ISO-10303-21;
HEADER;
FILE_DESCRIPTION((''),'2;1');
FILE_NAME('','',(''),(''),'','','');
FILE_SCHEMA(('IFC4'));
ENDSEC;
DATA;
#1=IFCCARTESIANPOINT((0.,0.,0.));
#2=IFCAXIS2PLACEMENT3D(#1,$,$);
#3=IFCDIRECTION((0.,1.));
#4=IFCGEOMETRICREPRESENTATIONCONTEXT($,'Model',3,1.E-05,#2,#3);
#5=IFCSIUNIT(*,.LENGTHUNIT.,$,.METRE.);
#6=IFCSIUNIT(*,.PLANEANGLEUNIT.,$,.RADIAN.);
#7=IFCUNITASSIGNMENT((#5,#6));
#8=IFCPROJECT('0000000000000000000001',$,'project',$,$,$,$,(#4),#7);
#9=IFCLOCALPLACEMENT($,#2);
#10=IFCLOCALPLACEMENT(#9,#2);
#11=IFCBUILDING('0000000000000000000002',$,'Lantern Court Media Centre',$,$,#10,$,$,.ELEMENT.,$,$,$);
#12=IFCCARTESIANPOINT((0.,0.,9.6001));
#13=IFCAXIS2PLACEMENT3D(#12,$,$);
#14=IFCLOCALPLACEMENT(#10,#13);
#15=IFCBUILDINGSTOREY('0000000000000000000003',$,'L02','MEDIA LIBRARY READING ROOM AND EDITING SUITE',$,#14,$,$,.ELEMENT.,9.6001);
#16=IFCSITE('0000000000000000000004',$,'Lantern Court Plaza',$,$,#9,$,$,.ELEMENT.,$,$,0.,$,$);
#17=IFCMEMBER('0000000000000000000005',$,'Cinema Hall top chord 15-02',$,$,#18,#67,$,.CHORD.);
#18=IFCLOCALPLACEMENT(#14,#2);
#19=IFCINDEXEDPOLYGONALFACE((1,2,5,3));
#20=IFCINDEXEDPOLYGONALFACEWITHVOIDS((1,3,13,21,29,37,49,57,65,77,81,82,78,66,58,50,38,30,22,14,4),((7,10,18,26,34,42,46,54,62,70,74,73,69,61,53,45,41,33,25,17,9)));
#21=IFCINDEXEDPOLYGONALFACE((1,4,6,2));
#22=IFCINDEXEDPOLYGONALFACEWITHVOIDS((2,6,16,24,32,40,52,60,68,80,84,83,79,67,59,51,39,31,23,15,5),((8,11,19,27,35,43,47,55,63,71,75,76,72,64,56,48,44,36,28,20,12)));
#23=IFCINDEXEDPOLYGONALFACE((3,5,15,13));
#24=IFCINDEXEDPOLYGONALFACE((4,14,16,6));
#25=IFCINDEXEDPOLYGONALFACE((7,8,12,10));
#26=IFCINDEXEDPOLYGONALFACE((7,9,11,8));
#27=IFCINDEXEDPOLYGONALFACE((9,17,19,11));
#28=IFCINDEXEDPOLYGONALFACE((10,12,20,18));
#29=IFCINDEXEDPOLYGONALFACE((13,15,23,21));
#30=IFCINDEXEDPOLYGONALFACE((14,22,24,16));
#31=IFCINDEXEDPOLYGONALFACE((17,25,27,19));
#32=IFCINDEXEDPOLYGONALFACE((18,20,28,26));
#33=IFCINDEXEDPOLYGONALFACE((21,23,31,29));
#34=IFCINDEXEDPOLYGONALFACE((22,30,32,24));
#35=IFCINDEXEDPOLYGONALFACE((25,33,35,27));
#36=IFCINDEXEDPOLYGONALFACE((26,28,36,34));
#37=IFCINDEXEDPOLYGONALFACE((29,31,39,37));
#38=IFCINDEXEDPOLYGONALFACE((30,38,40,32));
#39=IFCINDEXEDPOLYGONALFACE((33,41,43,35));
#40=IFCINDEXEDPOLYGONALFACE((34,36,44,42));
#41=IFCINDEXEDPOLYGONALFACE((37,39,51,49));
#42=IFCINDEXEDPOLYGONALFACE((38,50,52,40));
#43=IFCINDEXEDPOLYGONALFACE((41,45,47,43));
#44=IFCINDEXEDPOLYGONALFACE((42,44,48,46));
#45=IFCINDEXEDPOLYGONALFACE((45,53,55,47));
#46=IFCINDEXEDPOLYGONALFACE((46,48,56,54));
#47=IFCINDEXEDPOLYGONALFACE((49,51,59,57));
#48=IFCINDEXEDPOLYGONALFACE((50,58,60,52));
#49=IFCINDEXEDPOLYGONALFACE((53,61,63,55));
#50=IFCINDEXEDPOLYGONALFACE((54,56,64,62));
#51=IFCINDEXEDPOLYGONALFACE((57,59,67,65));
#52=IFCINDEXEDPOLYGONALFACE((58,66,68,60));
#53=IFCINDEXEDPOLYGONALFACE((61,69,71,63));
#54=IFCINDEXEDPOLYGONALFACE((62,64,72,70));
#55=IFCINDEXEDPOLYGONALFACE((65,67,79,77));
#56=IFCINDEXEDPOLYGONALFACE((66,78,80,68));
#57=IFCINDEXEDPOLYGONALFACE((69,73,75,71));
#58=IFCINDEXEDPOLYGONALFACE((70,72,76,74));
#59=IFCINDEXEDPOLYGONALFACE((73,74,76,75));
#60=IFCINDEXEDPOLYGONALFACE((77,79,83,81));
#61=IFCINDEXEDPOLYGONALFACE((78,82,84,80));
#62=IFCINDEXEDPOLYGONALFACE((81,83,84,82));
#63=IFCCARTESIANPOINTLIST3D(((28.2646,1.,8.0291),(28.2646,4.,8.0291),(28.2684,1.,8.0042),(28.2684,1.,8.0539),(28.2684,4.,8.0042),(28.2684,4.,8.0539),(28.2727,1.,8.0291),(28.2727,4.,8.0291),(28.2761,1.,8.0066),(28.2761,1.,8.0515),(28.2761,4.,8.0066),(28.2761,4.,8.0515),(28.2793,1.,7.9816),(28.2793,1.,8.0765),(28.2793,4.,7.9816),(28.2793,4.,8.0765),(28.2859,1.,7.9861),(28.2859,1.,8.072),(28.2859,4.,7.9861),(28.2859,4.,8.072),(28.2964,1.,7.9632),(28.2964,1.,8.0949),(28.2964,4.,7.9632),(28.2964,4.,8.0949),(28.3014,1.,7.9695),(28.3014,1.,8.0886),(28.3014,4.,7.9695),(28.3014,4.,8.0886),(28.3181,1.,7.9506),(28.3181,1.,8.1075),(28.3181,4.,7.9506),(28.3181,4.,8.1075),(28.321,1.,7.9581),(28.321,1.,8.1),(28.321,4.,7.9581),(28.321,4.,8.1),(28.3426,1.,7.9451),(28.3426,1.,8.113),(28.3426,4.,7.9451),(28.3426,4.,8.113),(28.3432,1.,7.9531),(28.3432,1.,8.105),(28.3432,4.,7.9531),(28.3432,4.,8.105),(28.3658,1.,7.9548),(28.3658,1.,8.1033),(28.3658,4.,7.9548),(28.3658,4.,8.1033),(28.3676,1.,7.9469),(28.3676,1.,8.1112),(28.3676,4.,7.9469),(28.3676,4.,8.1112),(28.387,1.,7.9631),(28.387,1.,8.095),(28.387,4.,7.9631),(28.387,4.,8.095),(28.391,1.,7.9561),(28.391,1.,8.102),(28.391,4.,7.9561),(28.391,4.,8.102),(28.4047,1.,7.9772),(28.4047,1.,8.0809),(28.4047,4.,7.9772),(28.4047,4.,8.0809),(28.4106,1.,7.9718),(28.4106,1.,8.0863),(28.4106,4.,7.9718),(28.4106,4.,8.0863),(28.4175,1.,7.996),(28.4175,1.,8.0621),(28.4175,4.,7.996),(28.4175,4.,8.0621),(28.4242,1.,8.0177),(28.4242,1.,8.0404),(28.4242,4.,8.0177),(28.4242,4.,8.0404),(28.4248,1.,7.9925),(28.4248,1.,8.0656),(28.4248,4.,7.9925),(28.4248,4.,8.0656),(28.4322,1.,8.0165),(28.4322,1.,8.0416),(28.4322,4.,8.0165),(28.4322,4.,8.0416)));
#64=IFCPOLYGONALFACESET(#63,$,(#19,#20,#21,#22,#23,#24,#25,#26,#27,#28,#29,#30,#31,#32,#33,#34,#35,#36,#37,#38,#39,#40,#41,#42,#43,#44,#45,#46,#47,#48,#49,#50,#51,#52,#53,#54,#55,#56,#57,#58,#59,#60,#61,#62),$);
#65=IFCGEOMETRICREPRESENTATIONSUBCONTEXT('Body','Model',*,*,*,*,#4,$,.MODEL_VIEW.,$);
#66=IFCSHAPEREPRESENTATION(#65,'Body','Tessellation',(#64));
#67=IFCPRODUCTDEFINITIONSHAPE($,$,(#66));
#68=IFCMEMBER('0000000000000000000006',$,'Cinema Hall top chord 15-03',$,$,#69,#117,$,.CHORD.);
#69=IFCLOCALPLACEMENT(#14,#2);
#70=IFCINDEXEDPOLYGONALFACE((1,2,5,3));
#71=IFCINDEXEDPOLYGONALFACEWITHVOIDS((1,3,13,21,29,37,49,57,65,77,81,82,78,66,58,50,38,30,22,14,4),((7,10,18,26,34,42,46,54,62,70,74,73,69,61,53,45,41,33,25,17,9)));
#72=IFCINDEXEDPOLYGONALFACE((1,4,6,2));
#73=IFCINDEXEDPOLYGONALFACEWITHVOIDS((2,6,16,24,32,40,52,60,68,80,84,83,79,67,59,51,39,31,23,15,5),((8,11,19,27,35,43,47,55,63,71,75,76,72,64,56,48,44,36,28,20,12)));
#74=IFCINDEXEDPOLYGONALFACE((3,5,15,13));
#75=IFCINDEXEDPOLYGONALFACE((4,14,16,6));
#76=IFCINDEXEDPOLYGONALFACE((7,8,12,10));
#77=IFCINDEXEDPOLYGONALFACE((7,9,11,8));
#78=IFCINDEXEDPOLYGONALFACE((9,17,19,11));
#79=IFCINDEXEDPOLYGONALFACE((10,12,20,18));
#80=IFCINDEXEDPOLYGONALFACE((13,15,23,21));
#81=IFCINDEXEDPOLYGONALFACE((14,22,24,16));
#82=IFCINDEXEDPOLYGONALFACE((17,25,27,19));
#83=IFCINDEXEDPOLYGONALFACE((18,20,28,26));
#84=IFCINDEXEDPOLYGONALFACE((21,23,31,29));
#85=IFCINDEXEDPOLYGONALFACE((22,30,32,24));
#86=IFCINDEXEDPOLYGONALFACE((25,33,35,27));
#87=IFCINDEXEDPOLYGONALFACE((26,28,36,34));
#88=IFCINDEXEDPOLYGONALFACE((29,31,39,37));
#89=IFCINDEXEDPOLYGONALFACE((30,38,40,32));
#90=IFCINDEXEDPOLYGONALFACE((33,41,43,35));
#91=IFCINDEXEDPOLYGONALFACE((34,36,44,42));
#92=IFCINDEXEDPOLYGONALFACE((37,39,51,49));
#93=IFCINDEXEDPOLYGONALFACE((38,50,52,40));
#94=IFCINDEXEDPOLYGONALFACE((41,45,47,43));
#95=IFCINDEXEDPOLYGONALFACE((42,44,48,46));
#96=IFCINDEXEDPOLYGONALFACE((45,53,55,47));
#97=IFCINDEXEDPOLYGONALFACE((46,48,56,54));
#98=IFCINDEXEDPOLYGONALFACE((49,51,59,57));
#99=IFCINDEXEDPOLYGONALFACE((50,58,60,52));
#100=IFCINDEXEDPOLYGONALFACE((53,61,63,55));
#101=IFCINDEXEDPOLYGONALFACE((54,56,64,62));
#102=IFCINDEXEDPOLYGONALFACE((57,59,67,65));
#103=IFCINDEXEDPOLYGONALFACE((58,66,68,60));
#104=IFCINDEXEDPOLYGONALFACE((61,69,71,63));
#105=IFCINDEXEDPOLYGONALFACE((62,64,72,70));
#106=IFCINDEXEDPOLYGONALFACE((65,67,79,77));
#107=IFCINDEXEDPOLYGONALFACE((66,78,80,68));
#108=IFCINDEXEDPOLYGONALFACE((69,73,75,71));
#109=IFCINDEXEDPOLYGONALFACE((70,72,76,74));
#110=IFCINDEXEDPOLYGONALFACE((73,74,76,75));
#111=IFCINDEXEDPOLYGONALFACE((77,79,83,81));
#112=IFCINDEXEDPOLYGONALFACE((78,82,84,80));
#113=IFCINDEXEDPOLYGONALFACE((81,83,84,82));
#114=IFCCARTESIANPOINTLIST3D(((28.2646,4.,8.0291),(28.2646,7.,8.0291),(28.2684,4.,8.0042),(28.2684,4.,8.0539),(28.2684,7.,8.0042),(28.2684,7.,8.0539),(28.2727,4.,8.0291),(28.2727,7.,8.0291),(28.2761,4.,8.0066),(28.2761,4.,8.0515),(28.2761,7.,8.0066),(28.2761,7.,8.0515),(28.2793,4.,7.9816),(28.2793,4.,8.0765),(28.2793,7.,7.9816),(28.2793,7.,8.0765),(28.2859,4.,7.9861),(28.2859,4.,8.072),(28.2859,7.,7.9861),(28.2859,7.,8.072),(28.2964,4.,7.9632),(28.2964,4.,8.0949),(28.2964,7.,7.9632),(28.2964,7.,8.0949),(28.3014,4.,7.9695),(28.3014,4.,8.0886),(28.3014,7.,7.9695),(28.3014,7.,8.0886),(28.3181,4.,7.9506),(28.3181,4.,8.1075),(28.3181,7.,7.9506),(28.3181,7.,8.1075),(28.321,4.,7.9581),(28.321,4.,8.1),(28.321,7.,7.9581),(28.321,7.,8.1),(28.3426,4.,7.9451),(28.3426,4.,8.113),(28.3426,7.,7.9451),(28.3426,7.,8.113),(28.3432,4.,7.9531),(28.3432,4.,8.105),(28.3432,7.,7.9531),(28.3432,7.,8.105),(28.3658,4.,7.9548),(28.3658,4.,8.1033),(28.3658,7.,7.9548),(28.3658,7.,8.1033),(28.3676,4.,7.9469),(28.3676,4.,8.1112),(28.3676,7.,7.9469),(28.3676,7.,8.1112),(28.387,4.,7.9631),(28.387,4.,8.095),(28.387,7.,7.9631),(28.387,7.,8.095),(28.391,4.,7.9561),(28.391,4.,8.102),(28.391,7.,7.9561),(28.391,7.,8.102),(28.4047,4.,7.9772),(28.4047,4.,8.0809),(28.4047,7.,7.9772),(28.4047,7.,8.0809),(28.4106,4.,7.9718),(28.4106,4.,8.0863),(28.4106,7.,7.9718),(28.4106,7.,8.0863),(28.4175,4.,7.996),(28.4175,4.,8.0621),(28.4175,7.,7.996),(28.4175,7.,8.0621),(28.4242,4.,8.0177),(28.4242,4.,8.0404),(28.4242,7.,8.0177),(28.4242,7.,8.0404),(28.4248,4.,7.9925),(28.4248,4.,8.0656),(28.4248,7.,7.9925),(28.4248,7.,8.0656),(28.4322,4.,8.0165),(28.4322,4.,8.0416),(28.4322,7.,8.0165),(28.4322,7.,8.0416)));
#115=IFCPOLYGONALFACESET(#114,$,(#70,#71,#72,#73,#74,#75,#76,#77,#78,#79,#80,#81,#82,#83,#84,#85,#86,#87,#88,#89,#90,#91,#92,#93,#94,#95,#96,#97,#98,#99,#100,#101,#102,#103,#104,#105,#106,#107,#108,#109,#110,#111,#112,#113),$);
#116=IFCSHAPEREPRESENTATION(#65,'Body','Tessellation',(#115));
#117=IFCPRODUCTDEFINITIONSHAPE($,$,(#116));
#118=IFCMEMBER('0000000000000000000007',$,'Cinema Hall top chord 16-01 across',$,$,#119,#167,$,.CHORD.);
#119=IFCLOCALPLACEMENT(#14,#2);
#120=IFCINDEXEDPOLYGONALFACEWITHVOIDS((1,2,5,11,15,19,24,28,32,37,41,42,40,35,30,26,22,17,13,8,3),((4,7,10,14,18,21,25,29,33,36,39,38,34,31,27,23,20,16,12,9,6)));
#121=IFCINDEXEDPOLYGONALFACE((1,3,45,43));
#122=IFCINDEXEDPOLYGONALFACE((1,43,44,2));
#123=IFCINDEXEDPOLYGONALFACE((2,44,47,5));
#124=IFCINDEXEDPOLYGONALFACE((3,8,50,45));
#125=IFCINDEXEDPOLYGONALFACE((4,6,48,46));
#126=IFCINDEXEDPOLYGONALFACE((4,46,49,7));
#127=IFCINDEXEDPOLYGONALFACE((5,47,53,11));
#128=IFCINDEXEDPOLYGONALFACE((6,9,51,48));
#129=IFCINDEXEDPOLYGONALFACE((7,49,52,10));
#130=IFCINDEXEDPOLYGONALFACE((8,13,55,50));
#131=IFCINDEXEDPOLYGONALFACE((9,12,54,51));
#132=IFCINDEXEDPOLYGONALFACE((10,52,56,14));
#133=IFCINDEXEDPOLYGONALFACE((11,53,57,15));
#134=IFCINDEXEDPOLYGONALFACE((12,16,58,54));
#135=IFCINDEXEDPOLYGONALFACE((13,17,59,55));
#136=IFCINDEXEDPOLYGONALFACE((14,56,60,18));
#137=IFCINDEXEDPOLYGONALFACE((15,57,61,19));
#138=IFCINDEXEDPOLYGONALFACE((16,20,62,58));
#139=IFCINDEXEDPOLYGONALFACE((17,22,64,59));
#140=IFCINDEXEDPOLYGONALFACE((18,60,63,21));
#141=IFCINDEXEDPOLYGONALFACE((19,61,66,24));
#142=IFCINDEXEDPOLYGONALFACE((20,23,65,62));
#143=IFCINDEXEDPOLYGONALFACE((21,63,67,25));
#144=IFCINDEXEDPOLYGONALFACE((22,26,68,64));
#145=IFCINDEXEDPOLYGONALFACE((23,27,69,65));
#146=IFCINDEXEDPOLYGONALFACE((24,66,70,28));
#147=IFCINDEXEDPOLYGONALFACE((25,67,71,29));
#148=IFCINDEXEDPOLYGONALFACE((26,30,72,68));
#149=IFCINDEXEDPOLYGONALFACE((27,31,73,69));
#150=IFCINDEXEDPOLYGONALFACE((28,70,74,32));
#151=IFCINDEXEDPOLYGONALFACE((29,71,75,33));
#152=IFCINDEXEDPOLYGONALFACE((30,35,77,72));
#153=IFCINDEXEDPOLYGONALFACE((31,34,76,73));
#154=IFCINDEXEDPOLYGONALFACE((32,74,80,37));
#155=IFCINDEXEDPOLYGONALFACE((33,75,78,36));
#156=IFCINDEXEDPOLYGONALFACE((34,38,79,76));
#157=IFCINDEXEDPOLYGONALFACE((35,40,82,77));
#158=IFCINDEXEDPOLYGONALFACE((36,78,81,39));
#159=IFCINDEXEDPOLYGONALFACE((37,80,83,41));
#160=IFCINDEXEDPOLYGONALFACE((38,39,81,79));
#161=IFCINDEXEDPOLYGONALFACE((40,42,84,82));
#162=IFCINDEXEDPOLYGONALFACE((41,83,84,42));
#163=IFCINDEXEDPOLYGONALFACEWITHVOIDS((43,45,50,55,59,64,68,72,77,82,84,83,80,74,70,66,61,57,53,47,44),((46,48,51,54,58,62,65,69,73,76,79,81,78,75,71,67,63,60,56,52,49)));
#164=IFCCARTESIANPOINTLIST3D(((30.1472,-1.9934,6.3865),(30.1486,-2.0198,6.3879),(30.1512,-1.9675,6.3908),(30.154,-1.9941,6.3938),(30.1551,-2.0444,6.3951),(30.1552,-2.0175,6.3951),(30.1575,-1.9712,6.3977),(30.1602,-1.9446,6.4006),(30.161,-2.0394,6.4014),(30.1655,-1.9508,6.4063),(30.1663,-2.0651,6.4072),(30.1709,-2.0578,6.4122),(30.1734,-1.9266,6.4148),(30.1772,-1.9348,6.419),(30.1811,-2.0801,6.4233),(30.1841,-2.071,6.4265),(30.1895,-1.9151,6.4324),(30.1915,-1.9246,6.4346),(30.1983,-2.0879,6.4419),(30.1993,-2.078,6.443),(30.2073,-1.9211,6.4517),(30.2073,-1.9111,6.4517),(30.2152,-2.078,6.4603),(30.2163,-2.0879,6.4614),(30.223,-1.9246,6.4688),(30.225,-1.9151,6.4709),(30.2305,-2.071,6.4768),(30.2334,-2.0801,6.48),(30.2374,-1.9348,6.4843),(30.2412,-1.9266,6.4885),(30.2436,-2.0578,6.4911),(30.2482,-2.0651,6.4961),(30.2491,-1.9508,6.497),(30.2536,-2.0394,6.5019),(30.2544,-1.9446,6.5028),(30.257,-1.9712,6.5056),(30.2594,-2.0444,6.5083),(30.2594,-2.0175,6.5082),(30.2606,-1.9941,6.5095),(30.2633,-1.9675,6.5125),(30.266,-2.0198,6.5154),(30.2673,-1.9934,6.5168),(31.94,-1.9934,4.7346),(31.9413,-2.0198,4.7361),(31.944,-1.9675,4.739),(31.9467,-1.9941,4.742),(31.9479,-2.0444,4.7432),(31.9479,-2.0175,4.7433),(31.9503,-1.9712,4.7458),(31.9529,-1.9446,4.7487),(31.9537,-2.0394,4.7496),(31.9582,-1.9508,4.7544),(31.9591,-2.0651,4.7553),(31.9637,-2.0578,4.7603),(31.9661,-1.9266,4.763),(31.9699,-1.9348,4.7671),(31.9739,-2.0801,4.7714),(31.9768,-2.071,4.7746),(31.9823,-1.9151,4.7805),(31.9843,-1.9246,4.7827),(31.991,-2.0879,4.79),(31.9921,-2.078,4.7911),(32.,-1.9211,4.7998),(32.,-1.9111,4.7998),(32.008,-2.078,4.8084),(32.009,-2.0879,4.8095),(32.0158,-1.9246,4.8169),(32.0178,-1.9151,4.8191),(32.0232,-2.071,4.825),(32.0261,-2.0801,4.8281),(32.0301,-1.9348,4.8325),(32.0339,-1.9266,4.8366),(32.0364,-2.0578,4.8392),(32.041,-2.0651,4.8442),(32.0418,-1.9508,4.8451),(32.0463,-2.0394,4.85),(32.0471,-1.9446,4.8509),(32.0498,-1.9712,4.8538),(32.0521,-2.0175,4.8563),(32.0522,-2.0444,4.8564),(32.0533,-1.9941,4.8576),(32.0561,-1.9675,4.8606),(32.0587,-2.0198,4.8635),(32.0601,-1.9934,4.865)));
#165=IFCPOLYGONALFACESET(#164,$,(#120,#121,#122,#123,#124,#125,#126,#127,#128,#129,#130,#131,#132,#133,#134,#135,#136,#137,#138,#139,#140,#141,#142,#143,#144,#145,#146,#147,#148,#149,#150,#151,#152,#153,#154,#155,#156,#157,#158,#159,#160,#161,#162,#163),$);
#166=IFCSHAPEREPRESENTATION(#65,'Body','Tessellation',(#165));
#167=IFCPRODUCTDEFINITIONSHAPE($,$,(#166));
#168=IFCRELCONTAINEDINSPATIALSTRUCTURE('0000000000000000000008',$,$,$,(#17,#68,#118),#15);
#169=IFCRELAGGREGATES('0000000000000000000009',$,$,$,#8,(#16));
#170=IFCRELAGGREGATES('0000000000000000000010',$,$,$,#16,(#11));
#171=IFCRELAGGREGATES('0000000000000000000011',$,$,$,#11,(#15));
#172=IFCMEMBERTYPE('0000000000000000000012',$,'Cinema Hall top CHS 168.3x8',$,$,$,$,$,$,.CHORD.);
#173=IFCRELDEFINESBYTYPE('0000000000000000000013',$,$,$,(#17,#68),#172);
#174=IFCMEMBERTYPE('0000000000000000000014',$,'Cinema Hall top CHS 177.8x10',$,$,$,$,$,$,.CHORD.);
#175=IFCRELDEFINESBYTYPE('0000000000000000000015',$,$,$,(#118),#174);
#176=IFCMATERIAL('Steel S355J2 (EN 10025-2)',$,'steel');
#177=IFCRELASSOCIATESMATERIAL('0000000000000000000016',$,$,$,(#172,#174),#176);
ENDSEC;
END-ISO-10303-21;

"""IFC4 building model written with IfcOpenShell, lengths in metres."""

from ifc_helpers import new_model, si_unit, direction, frame, origin, origin_2d, place, context, subcontext, project, spatial, hollow_circle, extrude, material, material_profile, profile_set, type_object, element, save


model = new_model("IFC4")

# Units and contexts
model_context = context("Model", 3, precision=1e-05, world=origin(), true_north=direction((0.0, 1.0)))
body_context = subcontext(model_context, "Body", "Model", "MODEL_VIEW")
ifc_project = project(units=[si_unit("LENGTHUNIT", "METRE"), si_unit("PLANEANGLEUNIT", "RADIAN")], contexts=[model_context])

# Site, building, storey
site_placement = place(None, origin())
site = spatial("IfcSite", under=ifc_project, at=site_placement, Name="Lantern Court Plaza", CompositionType="ELEMENT", RefElevation=0.0)
building_placement = place(site_placement, origin())
building = spatial("IfcBuilding", under=site, at=building_placement, Name="Lantern Court Media Centre", CompositionType="ELEMENT")
storey_placement = place(building_placement, frame((0.0, 0.0, 9.6001)))
storey = spatial("IfcBuildingStorey", under=building, at=storey_placement, Name="L02", Description="MEDIA LIBRARY READING ROOM AND EDITING SUITE", CompositionType="ELEMENT", Elevation=9.6001)

# Members
ifc_material = material(Name="Steel S355J2 (EN 10025-2)", Category="steel")
ifc_material_profile_1 = material_profile(ifc_material, hollow_circle(Radius=0.0842, WallThickness=0.0081, at=origin_2d()), Name="Cinema Hall top CHS 168.3x8")
ifc_profile_set_1 = profile_set([ifc_material_profile_1], Name="Steel S355J2 (EN 10025-2)")
member_type_1 = type_object("IfcMemberType", Name="Cinema Hall top CHS 168.3x8", PredefinedType="CHORD", material=ifc_profile_set_1)
for number, where, z_axis, x_axis, name in (
    (1, (28.3489, 1.0, 8.0291), (0.0, 1.0, 0.0), (-1.0, 0.0, 0.0), "Cinema Hall top chord 15-02"),
    (2, (28.3489, 4.0, 8.0291), (0.0, 1.0, 0.0), (-1.0, 0.0, 0.0), "Cinema Hall top chord 15-03"),
):
    element("IfcMember", number, at=place(storey_placement, frame(where, z_axis=z_axis, x_axis=x_axis)), inside=storey, type_object=member_type_1, Name=name, PredefinedType="CHORD", context=body_context, shape_type="SweptSolid", body=[
        extrude(hollow_circle(Radius=0.0842, WallThickness=0.0081, at=origin_2d()), origin(), (0.0, 0.0, 1.0), 3.0),
    ])
ifc_material_profile_2 = material_profile(ifc_material, hollow_circle(Radius=0.0889, WallThickness=0.01, at=origin_2d()), Name="Cinema Hall top CHS 177.8x10")
ifc_profile_set_2 = profile_set([ifc_material_profile_2], Name="Steel S355J2 (EN 10025-2)")
member_type_2 = type_object("IfcMemberType", Name="Cinema Hall top CHS 177.8x10", PredefinedType="CHORD", material=ifc_profile_set_2)
for number, where, z_axis, x_axis, name in (
    (3, (30.2073, -2.0, 6.4517), (0.73541, 0.0, -0.677623), (0.0, 1.0, 0.0), "Cinema Hall top chord 16-01 across"),
):
    element("IfcMember", number, at=place(storey_placement, frame(where, z_axis=z_axis, x_axis=x_axis)), inside=storey, type_object=member_type_2, Name=name, PredefinedType="CHORD", context=body_context, shape_type="SweptSolid", body=[
        extrude(hollow_circle(Radius=0.0889, WallThickness=0.01, at=origin_2d()), origin(), (0.0, 0.0, 1.0), 2.4377),
    ])

save(model, "model.ifc")
